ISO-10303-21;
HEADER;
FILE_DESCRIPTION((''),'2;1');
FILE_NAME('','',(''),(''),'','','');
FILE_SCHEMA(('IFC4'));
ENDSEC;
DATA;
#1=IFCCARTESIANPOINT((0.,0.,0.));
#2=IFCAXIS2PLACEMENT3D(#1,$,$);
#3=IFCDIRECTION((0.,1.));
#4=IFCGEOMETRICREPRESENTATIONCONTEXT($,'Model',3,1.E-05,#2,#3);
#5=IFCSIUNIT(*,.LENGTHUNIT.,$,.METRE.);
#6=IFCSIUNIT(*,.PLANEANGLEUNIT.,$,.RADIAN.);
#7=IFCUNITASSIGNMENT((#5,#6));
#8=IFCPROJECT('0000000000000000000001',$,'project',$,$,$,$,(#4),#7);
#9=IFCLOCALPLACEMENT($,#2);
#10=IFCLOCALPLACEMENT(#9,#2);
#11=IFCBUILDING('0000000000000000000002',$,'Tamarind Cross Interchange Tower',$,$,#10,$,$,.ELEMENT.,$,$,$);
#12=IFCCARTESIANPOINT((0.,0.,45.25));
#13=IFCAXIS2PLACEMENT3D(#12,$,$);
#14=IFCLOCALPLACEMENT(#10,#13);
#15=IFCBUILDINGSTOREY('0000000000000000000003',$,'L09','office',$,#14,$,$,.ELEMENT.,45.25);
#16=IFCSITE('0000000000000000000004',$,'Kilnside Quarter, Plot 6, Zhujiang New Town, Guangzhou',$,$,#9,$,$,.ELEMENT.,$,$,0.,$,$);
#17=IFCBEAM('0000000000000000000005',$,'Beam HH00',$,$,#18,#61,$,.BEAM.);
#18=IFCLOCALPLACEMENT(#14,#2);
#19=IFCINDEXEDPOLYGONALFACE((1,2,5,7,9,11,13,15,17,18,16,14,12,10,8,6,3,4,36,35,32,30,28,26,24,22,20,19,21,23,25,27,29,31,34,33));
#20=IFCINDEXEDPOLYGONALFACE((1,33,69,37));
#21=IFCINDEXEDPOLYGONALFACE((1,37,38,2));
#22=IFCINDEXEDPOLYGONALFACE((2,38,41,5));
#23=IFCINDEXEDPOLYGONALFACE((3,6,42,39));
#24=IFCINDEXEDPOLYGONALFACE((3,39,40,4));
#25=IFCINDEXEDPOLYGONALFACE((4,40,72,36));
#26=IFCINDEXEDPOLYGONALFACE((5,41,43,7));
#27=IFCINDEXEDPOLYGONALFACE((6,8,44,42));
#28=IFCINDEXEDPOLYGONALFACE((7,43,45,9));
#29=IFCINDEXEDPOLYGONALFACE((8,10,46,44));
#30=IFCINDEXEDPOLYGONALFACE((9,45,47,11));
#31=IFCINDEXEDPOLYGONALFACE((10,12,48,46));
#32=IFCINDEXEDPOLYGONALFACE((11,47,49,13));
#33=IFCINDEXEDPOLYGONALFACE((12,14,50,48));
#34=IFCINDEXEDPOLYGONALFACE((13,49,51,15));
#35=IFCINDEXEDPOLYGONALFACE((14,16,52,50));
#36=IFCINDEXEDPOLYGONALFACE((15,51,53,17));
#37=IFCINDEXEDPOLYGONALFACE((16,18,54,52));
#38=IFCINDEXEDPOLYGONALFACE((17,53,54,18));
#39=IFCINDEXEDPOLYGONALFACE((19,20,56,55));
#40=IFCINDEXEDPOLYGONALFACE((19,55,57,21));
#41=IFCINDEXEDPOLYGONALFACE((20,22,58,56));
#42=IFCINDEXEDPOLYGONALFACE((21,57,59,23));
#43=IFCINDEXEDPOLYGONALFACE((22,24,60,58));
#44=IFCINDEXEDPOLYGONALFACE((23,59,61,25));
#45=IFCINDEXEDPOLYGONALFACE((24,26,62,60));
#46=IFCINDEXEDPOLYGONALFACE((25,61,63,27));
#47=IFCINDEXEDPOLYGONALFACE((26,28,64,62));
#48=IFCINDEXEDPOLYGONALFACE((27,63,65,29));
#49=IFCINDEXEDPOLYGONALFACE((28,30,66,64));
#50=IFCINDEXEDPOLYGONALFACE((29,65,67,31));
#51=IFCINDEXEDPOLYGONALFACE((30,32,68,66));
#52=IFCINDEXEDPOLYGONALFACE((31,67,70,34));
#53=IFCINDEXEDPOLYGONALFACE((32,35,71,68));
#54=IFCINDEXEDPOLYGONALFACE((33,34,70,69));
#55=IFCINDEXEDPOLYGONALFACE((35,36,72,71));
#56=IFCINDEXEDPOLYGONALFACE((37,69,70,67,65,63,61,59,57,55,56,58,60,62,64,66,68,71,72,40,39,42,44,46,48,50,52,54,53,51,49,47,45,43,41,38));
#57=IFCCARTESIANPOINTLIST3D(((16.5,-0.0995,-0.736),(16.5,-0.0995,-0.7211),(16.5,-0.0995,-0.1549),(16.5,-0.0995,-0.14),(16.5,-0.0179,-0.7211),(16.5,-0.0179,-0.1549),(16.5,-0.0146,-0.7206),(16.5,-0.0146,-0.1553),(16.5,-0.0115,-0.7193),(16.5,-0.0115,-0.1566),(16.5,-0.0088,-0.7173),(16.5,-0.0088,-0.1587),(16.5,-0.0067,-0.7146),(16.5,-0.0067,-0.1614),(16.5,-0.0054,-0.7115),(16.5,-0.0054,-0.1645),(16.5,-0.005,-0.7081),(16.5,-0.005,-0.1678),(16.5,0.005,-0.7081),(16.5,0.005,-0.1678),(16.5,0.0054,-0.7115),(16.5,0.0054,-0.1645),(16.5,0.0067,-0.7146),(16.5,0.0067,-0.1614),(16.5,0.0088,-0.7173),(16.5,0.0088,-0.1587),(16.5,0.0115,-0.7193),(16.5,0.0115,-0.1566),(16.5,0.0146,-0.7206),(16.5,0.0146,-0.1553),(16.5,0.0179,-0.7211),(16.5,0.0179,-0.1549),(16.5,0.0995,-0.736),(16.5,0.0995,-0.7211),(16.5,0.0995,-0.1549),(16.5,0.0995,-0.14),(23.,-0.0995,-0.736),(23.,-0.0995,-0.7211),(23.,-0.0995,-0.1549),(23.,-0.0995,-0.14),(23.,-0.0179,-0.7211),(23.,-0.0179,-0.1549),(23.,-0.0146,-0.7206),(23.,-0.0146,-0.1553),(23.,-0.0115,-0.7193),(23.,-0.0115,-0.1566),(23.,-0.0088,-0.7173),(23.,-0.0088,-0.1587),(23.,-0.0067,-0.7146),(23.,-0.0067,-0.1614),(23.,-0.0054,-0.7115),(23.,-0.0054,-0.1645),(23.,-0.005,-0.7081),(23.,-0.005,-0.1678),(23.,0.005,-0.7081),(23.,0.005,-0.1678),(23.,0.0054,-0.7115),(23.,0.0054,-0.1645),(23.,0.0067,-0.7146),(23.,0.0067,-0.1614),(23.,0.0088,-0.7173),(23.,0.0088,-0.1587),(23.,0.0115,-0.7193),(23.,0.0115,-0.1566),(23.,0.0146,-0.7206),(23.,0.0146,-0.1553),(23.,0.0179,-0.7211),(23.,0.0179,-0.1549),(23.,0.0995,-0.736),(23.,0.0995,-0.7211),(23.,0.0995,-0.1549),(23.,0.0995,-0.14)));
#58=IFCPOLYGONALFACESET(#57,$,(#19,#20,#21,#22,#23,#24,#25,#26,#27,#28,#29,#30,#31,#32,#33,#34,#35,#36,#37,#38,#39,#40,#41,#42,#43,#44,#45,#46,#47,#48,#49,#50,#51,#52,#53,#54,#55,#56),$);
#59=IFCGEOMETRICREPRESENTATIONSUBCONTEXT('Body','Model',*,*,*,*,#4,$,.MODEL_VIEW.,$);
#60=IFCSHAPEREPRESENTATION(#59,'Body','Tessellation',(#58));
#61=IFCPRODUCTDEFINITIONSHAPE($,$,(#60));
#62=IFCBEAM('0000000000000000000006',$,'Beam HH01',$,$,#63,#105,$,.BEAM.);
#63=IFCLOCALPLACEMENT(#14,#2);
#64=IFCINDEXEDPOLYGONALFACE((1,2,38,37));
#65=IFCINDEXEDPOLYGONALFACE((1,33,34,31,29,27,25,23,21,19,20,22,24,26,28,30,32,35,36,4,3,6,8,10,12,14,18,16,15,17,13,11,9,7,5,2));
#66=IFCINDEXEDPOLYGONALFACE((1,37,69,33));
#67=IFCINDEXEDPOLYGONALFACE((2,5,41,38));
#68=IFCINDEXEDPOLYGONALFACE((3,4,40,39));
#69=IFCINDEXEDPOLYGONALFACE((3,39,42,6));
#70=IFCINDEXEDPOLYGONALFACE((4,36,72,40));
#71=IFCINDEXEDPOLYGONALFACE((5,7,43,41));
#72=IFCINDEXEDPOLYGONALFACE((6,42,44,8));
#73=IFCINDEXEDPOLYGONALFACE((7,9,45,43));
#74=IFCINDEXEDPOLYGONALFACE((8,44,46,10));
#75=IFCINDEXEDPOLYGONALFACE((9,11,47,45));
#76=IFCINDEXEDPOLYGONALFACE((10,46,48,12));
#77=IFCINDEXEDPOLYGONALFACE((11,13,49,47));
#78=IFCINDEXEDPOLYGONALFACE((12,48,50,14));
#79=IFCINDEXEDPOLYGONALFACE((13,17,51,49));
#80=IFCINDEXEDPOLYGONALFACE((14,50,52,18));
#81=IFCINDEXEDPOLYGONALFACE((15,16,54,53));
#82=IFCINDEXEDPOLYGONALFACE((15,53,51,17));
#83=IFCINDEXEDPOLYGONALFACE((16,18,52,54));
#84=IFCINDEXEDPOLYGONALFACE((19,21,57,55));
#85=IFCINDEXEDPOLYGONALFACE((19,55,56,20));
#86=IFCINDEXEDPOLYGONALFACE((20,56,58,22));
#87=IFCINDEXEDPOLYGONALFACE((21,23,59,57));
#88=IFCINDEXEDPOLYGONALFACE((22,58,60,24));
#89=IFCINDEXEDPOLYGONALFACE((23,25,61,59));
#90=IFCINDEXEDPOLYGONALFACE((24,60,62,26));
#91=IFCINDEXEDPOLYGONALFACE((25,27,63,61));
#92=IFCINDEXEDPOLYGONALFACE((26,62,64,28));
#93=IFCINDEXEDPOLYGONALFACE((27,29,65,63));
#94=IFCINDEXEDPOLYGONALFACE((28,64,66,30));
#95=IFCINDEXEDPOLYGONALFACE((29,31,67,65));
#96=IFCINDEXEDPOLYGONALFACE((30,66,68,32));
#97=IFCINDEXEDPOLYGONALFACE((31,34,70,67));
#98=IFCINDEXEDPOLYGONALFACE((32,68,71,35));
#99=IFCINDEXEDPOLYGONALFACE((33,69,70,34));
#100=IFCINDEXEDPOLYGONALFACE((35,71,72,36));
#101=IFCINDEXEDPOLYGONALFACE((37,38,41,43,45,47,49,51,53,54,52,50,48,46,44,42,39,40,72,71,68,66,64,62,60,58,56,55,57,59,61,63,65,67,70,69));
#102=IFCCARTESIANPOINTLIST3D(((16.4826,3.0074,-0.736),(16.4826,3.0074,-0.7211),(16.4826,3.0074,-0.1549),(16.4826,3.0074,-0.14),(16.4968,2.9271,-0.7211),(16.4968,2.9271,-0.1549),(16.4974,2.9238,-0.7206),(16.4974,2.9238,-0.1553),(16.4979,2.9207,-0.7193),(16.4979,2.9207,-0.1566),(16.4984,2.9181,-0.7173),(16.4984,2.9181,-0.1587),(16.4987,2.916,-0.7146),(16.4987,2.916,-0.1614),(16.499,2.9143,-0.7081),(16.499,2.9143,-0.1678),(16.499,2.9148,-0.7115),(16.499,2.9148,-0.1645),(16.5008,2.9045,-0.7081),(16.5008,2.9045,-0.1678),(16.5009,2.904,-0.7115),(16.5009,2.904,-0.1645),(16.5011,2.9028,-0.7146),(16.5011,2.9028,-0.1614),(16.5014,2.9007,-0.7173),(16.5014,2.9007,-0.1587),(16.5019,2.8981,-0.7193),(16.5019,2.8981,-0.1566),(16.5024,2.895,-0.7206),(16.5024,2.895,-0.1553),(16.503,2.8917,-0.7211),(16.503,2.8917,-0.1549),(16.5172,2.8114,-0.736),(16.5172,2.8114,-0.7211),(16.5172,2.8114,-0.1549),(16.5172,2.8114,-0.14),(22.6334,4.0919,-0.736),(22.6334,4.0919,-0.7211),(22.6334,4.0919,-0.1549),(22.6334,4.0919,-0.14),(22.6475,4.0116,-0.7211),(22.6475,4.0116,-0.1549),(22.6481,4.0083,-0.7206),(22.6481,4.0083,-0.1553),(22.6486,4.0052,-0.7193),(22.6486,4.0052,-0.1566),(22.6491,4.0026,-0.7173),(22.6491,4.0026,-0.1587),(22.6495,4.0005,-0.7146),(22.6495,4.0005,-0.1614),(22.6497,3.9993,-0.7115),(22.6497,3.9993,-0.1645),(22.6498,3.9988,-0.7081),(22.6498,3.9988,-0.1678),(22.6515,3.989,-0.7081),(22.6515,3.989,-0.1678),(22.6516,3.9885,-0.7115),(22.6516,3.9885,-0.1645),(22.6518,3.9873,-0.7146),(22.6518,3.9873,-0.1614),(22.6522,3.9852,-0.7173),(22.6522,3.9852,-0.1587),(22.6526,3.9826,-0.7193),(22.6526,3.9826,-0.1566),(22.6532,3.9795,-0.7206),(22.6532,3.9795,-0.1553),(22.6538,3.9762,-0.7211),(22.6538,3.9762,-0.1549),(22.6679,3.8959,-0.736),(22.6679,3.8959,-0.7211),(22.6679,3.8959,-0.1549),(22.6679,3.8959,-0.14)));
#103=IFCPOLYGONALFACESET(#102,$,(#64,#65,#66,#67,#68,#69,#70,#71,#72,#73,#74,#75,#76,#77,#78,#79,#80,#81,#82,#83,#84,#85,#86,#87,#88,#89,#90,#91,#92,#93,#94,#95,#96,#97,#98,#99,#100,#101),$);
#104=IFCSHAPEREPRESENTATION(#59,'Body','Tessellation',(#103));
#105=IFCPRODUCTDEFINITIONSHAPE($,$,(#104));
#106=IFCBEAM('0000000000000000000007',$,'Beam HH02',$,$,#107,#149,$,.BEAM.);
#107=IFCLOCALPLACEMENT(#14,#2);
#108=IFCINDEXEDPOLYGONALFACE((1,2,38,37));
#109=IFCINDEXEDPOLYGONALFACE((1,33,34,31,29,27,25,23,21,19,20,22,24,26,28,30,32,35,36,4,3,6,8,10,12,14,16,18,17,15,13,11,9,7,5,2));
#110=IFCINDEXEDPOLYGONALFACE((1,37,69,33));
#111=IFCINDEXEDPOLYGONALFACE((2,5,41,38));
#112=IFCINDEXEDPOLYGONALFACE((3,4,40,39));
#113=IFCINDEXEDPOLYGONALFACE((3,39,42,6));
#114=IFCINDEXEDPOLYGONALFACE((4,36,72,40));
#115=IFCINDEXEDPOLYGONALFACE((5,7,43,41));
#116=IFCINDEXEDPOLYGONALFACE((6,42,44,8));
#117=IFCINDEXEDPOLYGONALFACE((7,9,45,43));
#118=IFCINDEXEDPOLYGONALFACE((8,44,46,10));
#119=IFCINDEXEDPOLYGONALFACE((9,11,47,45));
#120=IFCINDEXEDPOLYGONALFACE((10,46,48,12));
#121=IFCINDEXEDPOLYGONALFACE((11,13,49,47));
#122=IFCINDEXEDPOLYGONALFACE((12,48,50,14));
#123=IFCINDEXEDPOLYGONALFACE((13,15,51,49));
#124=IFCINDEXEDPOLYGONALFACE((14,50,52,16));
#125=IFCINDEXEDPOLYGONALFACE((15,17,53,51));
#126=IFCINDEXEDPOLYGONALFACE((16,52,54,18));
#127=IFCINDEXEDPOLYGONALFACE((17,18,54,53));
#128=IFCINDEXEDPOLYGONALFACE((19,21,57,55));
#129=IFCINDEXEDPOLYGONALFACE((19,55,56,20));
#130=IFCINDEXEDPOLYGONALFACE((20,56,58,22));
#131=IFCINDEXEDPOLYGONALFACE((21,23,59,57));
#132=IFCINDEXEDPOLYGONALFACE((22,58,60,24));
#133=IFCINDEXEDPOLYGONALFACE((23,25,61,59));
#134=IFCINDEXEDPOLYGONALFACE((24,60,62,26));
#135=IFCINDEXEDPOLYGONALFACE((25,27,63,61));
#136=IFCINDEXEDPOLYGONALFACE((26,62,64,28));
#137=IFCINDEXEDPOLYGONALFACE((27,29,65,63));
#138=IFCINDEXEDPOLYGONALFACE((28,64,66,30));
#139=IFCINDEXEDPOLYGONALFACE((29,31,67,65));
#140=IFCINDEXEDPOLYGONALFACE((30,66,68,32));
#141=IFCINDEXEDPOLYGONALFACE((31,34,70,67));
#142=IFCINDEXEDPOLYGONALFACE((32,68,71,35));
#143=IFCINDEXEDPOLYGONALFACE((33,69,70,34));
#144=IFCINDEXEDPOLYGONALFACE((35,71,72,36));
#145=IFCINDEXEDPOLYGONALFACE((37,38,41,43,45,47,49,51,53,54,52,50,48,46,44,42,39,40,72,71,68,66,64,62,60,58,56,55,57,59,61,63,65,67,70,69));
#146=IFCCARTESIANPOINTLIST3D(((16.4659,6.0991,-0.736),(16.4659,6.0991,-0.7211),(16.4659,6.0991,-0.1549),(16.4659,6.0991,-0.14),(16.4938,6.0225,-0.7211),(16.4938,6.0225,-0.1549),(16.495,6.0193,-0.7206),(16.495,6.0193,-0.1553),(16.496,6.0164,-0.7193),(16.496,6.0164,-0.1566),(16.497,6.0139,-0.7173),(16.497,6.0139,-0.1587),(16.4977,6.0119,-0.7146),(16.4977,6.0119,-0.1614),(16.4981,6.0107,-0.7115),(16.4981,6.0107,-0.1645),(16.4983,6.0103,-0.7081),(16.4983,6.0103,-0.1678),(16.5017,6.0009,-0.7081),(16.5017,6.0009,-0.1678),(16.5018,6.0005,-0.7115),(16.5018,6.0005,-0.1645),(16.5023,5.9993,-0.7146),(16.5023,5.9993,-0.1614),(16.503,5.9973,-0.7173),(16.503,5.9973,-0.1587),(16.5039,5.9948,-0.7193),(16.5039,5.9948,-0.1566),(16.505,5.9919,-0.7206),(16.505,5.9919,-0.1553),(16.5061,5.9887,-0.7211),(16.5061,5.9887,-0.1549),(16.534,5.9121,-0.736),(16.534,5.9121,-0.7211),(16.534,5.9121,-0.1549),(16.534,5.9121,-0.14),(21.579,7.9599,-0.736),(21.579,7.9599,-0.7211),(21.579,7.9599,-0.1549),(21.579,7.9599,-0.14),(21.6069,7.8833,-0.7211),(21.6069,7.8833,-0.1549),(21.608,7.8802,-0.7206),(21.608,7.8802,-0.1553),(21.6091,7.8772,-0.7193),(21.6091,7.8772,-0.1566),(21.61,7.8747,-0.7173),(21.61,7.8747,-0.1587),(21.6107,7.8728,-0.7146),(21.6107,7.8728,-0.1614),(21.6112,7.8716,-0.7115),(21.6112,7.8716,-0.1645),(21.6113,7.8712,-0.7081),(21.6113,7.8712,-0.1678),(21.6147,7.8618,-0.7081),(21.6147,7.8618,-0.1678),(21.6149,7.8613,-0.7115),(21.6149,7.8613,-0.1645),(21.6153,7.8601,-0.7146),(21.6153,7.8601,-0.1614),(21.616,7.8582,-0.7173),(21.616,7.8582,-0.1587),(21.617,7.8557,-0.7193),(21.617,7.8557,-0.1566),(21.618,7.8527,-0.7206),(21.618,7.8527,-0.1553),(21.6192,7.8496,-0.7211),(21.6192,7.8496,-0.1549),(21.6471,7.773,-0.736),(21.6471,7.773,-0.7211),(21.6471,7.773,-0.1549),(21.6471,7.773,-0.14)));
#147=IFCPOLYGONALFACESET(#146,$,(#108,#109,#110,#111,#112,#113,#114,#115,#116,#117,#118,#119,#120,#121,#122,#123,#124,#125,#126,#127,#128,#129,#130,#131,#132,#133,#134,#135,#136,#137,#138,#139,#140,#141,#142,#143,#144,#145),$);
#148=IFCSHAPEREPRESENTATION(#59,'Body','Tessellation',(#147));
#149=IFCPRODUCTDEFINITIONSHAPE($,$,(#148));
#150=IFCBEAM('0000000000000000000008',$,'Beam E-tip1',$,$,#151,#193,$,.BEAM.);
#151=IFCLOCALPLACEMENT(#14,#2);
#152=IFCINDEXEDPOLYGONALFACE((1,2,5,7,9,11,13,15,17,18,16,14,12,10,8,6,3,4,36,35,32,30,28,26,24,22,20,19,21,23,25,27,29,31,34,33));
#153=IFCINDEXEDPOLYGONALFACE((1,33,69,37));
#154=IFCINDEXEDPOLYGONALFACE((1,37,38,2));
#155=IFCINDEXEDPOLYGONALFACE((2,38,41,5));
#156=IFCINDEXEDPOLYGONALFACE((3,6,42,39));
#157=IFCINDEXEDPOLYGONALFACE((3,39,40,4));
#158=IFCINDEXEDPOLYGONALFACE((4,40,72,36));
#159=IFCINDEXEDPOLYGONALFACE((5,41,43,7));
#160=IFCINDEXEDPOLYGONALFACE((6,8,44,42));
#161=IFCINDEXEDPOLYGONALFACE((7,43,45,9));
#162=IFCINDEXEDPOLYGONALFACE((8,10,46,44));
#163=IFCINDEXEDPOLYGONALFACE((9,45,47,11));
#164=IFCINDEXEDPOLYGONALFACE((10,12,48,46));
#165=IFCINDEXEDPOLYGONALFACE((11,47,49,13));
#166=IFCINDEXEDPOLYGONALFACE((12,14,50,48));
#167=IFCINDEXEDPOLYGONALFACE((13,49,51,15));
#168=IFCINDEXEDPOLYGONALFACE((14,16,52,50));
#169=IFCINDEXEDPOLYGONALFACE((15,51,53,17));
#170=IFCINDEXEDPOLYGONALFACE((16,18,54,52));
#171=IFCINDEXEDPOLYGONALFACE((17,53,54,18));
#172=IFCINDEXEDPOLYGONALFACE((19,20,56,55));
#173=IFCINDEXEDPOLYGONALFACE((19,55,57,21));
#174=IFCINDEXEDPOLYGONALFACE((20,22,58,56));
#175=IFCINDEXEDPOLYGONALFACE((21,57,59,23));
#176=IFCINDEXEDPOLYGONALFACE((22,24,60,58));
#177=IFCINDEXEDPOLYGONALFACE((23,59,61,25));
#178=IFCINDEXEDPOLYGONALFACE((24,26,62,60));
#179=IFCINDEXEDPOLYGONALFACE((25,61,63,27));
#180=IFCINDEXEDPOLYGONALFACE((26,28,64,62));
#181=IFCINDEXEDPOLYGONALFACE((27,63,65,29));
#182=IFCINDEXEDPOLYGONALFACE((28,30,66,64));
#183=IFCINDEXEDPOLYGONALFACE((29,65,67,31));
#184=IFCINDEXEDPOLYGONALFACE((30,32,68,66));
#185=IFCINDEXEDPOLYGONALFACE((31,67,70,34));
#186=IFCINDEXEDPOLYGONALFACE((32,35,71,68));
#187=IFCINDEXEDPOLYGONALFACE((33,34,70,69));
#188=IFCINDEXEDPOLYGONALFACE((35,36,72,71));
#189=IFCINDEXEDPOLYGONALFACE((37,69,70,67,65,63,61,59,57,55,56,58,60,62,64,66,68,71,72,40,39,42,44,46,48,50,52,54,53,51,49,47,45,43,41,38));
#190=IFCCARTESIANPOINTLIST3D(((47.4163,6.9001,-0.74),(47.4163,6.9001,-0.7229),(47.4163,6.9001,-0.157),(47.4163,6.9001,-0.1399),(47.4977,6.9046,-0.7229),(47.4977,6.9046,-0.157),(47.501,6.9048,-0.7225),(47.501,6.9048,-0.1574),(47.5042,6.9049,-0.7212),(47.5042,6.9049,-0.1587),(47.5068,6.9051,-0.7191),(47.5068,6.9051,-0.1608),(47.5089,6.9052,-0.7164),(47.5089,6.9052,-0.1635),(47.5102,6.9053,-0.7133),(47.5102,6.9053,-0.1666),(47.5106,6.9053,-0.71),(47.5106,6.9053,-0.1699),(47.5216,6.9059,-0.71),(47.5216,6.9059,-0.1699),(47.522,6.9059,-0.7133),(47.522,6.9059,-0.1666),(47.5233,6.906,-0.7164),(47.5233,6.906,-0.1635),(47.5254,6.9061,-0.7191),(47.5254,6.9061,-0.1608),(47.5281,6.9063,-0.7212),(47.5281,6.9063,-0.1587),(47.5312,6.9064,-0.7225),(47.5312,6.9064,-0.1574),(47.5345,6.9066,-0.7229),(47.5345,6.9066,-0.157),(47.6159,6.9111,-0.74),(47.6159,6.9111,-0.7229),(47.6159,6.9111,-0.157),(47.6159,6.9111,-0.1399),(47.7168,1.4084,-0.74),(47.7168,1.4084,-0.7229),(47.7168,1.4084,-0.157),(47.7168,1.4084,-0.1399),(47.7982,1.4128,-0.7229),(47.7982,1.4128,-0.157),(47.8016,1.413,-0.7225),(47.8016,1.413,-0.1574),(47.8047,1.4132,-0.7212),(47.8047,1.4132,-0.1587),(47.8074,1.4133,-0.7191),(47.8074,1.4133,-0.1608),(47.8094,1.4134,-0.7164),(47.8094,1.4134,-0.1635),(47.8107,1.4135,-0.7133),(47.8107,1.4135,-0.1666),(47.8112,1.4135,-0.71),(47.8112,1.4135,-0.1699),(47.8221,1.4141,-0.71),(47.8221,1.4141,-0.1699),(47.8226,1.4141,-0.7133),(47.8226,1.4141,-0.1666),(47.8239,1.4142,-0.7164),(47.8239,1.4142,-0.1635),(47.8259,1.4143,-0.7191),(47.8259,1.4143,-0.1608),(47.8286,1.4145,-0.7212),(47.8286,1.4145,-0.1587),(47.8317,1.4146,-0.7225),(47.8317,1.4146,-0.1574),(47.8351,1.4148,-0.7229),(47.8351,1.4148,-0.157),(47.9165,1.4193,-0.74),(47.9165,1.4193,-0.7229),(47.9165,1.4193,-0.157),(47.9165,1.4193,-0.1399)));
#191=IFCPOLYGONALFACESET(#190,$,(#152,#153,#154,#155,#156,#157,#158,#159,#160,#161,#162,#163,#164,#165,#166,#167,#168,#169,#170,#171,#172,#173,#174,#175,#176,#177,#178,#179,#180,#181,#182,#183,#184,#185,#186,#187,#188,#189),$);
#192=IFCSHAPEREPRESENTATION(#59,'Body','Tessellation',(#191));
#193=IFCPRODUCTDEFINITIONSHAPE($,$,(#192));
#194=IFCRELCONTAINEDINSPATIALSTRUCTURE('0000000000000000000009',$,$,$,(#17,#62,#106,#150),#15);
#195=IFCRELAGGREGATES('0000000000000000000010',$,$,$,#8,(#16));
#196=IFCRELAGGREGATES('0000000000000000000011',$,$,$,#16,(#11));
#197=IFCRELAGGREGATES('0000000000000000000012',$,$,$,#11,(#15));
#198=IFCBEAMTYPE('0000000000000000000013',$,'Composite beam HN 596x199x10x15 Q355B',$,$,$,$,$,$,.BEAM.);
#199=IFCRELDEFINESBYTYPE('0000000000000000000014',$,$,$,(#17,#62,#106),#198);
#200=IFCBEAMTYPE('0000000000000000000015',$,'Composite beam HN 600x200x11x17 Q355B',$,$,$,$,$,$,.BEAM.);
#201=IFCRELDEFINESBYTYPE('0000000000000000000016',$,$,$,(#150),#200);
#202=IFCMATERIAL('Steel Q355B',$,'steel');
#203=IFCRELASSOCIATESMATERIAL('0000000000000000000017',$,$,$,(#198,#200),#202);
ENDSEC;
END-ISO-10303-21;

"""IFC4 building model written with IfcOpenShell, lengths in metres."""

from ifc_helpers import new_model, si_unit, direction, frame, origin, origin_2d, place, context, subcontext, project, spatial, i_section, extrude, material, material_profile, profile_set, type_object, element, save


model = new_model("IFC4")

# Units and contexts
model_context = context("Model", 3, precision=1e-05, world=origin(), true_north=direction((0.0, 1.0)))
body_context = subcontext(model_context, "Body", "Model", "MODEL_VIEW")
ifc_project = project(units=[si_unit("LENGTHUNIT", "METRE"), si_unit("PLANEANGLEUNIT", "RADIAN")], contexts=[model_context])

# Site, building, storey
site_placement = place(None, origin())
site = spatial("IfcSite", under=ifc_project, at=site_placement, Name="Kilnside Quarter, Plot 6, Zhujiang New Town, Guangzhou", CompositionType="ELEMENT", RefElevation=0.0)
building_placement = place(site_placement, origin())
building = spatial("IfcBuilding", under=site, at=building_placement, Name="Tamarind Cross Interchange Tower", CompositionType="ELEMENT")
storey_placement = place(building_placement, frame((0.0, 0.0, 45.25)))
storey = spatial("IfcBuildingStorey", under=building, at=storey_placement, Name="L09", Description="office", CompositionType="ELEMENT", Elevation=45.25)

# Beams
ifc_material_1 = material(Name="Steel Q355B", Category="steel")
ifc_material_profile_1 = material_profile(ifc_material_1, i_section(OverallWidth=0.199, OverallDepth=0.5959, WebThickness=0.01, FlangeThickness=0.0149, FilletRadius=0.0129, at=origin_2d()), Name="HN 596x199x10x15")
ifc_profile_set_1 = profile_set([ifc_material_profile_1], Name="Steel Q355B")
beam_type_1 = type_object("IfcBeamType", Name="Composite beam HN 596x199x10x15 Q355B", PredefinedType="BEAM", material=ifc_profile_set_1)
beam_1_placement = place(storey_placement, frame((23.0, 0.0, -0.438), z_axis=(-1.0, 0.0, 0.0), x_axis=(0.0, -1.0, 0.0)))
element("IfcBeam", 1, at=beam_1_placement, inside=storey, type_object=beam_type_1, Name="Beam HH00", PredefinedType="BEAM", context=body_context, shape_type="SweptSolid", body=[
    extrude(i_section(OverallWidth=0.199, OverallDepth=0.5959, WebThickness=0.01, FlangeThickness=0.0149, FilletRadius=0.0129, at=origin_2d()), origin(), (0.0, 0.0, 1.0), 6.5),
])
beam_2_placement = place(storey_placement, frame((22.6506, 3.9939, -0.438), z_axis=(-0.984809, -0.17364, 0.0), x_axis=(0.17364, -0.984809, 0.0)))
element("IfcBeam", 2, at=beam_2_placement, inside=storey, type_object=beam_type_1, Name="Beam HH01", PredefinedType="BEAM", context=body_context, shape_type="SweptSolid", body=[
    extrude(i_section(OverallWidth=0.199, OverallDepth=0.5959, WebThickness=0.01, FlangeThickness=0.0149, FilletRadius=0.0129, at=origin_2d()), origin(), (0.0, 0.0, 1.0), 6.2456),
])
beam_3_placement = place(storey_placement, frame((21.613, 7.8665, -0.438), z_axis=(-0.939702, -0.341995, 0.0), x_axis=(0.341995, -0.939702, 0.0)))
element("IfcBeam", 3, at=beam_3_placement, inside=storey, type_object=beam_type_1, Name="Beam HH02", PredefinedType="BEAM", context=body_context, shape_type="SweptSolid", body=[
    extrude(i_section(OverallWidth=0.199, OverallDepth=0.5959, WebThickness=0.01, FlangeThickness=0.0149, FilletRadius=0.0129, at=origin_2d()), origin(), (0.0, 0.0, 1.0), 5.4412),
])
ifc_material_profile_2 = material_profile(ifc_material_1, i_section(OverallWidth=0.2, OverallDepth=0.6001, WebThickness=0.011, FlangeThickness=0.0171, FilletRadius=0.0129, at=origin_2d()), Name="HN 600x200x11x17")
ifc_profile_set_2 = profile_set([ifc_material_profile_2], Name="Steel Q355B")
beam_type_2 = type_object("IfcBeamType", Name="Composite beam HN 600x200x11x17 Q355B", PredefinedType="BEAM", material=ifc_profile_set_2)
beam_4_placement = place(storey_placement, frame((47.8167, 1.4138, -0.4399), z_axis=(-0.054644, 0.998506, 0.0), x_axis=(-0.998506, -0.054644, 0.0)))
element("IfcBeam", 4, at=beam_4_placement, inside=storey, type_object=beam_type_2, Name="Beam E-tip1", PredefinedType="BEAM", context=body_context, shape_type="SweptSolid", body=[
    extrude(i_section(OverallWidth=0.2, OverallDepth=0.6001, WebThickness=0.011, FlangeThickness=0.0171, FilletRadius=0.0129, at=origin_2d()), origin(), (0.0, 0.0, 1.0), 5.5),
])

save(model, "model.ifc")
